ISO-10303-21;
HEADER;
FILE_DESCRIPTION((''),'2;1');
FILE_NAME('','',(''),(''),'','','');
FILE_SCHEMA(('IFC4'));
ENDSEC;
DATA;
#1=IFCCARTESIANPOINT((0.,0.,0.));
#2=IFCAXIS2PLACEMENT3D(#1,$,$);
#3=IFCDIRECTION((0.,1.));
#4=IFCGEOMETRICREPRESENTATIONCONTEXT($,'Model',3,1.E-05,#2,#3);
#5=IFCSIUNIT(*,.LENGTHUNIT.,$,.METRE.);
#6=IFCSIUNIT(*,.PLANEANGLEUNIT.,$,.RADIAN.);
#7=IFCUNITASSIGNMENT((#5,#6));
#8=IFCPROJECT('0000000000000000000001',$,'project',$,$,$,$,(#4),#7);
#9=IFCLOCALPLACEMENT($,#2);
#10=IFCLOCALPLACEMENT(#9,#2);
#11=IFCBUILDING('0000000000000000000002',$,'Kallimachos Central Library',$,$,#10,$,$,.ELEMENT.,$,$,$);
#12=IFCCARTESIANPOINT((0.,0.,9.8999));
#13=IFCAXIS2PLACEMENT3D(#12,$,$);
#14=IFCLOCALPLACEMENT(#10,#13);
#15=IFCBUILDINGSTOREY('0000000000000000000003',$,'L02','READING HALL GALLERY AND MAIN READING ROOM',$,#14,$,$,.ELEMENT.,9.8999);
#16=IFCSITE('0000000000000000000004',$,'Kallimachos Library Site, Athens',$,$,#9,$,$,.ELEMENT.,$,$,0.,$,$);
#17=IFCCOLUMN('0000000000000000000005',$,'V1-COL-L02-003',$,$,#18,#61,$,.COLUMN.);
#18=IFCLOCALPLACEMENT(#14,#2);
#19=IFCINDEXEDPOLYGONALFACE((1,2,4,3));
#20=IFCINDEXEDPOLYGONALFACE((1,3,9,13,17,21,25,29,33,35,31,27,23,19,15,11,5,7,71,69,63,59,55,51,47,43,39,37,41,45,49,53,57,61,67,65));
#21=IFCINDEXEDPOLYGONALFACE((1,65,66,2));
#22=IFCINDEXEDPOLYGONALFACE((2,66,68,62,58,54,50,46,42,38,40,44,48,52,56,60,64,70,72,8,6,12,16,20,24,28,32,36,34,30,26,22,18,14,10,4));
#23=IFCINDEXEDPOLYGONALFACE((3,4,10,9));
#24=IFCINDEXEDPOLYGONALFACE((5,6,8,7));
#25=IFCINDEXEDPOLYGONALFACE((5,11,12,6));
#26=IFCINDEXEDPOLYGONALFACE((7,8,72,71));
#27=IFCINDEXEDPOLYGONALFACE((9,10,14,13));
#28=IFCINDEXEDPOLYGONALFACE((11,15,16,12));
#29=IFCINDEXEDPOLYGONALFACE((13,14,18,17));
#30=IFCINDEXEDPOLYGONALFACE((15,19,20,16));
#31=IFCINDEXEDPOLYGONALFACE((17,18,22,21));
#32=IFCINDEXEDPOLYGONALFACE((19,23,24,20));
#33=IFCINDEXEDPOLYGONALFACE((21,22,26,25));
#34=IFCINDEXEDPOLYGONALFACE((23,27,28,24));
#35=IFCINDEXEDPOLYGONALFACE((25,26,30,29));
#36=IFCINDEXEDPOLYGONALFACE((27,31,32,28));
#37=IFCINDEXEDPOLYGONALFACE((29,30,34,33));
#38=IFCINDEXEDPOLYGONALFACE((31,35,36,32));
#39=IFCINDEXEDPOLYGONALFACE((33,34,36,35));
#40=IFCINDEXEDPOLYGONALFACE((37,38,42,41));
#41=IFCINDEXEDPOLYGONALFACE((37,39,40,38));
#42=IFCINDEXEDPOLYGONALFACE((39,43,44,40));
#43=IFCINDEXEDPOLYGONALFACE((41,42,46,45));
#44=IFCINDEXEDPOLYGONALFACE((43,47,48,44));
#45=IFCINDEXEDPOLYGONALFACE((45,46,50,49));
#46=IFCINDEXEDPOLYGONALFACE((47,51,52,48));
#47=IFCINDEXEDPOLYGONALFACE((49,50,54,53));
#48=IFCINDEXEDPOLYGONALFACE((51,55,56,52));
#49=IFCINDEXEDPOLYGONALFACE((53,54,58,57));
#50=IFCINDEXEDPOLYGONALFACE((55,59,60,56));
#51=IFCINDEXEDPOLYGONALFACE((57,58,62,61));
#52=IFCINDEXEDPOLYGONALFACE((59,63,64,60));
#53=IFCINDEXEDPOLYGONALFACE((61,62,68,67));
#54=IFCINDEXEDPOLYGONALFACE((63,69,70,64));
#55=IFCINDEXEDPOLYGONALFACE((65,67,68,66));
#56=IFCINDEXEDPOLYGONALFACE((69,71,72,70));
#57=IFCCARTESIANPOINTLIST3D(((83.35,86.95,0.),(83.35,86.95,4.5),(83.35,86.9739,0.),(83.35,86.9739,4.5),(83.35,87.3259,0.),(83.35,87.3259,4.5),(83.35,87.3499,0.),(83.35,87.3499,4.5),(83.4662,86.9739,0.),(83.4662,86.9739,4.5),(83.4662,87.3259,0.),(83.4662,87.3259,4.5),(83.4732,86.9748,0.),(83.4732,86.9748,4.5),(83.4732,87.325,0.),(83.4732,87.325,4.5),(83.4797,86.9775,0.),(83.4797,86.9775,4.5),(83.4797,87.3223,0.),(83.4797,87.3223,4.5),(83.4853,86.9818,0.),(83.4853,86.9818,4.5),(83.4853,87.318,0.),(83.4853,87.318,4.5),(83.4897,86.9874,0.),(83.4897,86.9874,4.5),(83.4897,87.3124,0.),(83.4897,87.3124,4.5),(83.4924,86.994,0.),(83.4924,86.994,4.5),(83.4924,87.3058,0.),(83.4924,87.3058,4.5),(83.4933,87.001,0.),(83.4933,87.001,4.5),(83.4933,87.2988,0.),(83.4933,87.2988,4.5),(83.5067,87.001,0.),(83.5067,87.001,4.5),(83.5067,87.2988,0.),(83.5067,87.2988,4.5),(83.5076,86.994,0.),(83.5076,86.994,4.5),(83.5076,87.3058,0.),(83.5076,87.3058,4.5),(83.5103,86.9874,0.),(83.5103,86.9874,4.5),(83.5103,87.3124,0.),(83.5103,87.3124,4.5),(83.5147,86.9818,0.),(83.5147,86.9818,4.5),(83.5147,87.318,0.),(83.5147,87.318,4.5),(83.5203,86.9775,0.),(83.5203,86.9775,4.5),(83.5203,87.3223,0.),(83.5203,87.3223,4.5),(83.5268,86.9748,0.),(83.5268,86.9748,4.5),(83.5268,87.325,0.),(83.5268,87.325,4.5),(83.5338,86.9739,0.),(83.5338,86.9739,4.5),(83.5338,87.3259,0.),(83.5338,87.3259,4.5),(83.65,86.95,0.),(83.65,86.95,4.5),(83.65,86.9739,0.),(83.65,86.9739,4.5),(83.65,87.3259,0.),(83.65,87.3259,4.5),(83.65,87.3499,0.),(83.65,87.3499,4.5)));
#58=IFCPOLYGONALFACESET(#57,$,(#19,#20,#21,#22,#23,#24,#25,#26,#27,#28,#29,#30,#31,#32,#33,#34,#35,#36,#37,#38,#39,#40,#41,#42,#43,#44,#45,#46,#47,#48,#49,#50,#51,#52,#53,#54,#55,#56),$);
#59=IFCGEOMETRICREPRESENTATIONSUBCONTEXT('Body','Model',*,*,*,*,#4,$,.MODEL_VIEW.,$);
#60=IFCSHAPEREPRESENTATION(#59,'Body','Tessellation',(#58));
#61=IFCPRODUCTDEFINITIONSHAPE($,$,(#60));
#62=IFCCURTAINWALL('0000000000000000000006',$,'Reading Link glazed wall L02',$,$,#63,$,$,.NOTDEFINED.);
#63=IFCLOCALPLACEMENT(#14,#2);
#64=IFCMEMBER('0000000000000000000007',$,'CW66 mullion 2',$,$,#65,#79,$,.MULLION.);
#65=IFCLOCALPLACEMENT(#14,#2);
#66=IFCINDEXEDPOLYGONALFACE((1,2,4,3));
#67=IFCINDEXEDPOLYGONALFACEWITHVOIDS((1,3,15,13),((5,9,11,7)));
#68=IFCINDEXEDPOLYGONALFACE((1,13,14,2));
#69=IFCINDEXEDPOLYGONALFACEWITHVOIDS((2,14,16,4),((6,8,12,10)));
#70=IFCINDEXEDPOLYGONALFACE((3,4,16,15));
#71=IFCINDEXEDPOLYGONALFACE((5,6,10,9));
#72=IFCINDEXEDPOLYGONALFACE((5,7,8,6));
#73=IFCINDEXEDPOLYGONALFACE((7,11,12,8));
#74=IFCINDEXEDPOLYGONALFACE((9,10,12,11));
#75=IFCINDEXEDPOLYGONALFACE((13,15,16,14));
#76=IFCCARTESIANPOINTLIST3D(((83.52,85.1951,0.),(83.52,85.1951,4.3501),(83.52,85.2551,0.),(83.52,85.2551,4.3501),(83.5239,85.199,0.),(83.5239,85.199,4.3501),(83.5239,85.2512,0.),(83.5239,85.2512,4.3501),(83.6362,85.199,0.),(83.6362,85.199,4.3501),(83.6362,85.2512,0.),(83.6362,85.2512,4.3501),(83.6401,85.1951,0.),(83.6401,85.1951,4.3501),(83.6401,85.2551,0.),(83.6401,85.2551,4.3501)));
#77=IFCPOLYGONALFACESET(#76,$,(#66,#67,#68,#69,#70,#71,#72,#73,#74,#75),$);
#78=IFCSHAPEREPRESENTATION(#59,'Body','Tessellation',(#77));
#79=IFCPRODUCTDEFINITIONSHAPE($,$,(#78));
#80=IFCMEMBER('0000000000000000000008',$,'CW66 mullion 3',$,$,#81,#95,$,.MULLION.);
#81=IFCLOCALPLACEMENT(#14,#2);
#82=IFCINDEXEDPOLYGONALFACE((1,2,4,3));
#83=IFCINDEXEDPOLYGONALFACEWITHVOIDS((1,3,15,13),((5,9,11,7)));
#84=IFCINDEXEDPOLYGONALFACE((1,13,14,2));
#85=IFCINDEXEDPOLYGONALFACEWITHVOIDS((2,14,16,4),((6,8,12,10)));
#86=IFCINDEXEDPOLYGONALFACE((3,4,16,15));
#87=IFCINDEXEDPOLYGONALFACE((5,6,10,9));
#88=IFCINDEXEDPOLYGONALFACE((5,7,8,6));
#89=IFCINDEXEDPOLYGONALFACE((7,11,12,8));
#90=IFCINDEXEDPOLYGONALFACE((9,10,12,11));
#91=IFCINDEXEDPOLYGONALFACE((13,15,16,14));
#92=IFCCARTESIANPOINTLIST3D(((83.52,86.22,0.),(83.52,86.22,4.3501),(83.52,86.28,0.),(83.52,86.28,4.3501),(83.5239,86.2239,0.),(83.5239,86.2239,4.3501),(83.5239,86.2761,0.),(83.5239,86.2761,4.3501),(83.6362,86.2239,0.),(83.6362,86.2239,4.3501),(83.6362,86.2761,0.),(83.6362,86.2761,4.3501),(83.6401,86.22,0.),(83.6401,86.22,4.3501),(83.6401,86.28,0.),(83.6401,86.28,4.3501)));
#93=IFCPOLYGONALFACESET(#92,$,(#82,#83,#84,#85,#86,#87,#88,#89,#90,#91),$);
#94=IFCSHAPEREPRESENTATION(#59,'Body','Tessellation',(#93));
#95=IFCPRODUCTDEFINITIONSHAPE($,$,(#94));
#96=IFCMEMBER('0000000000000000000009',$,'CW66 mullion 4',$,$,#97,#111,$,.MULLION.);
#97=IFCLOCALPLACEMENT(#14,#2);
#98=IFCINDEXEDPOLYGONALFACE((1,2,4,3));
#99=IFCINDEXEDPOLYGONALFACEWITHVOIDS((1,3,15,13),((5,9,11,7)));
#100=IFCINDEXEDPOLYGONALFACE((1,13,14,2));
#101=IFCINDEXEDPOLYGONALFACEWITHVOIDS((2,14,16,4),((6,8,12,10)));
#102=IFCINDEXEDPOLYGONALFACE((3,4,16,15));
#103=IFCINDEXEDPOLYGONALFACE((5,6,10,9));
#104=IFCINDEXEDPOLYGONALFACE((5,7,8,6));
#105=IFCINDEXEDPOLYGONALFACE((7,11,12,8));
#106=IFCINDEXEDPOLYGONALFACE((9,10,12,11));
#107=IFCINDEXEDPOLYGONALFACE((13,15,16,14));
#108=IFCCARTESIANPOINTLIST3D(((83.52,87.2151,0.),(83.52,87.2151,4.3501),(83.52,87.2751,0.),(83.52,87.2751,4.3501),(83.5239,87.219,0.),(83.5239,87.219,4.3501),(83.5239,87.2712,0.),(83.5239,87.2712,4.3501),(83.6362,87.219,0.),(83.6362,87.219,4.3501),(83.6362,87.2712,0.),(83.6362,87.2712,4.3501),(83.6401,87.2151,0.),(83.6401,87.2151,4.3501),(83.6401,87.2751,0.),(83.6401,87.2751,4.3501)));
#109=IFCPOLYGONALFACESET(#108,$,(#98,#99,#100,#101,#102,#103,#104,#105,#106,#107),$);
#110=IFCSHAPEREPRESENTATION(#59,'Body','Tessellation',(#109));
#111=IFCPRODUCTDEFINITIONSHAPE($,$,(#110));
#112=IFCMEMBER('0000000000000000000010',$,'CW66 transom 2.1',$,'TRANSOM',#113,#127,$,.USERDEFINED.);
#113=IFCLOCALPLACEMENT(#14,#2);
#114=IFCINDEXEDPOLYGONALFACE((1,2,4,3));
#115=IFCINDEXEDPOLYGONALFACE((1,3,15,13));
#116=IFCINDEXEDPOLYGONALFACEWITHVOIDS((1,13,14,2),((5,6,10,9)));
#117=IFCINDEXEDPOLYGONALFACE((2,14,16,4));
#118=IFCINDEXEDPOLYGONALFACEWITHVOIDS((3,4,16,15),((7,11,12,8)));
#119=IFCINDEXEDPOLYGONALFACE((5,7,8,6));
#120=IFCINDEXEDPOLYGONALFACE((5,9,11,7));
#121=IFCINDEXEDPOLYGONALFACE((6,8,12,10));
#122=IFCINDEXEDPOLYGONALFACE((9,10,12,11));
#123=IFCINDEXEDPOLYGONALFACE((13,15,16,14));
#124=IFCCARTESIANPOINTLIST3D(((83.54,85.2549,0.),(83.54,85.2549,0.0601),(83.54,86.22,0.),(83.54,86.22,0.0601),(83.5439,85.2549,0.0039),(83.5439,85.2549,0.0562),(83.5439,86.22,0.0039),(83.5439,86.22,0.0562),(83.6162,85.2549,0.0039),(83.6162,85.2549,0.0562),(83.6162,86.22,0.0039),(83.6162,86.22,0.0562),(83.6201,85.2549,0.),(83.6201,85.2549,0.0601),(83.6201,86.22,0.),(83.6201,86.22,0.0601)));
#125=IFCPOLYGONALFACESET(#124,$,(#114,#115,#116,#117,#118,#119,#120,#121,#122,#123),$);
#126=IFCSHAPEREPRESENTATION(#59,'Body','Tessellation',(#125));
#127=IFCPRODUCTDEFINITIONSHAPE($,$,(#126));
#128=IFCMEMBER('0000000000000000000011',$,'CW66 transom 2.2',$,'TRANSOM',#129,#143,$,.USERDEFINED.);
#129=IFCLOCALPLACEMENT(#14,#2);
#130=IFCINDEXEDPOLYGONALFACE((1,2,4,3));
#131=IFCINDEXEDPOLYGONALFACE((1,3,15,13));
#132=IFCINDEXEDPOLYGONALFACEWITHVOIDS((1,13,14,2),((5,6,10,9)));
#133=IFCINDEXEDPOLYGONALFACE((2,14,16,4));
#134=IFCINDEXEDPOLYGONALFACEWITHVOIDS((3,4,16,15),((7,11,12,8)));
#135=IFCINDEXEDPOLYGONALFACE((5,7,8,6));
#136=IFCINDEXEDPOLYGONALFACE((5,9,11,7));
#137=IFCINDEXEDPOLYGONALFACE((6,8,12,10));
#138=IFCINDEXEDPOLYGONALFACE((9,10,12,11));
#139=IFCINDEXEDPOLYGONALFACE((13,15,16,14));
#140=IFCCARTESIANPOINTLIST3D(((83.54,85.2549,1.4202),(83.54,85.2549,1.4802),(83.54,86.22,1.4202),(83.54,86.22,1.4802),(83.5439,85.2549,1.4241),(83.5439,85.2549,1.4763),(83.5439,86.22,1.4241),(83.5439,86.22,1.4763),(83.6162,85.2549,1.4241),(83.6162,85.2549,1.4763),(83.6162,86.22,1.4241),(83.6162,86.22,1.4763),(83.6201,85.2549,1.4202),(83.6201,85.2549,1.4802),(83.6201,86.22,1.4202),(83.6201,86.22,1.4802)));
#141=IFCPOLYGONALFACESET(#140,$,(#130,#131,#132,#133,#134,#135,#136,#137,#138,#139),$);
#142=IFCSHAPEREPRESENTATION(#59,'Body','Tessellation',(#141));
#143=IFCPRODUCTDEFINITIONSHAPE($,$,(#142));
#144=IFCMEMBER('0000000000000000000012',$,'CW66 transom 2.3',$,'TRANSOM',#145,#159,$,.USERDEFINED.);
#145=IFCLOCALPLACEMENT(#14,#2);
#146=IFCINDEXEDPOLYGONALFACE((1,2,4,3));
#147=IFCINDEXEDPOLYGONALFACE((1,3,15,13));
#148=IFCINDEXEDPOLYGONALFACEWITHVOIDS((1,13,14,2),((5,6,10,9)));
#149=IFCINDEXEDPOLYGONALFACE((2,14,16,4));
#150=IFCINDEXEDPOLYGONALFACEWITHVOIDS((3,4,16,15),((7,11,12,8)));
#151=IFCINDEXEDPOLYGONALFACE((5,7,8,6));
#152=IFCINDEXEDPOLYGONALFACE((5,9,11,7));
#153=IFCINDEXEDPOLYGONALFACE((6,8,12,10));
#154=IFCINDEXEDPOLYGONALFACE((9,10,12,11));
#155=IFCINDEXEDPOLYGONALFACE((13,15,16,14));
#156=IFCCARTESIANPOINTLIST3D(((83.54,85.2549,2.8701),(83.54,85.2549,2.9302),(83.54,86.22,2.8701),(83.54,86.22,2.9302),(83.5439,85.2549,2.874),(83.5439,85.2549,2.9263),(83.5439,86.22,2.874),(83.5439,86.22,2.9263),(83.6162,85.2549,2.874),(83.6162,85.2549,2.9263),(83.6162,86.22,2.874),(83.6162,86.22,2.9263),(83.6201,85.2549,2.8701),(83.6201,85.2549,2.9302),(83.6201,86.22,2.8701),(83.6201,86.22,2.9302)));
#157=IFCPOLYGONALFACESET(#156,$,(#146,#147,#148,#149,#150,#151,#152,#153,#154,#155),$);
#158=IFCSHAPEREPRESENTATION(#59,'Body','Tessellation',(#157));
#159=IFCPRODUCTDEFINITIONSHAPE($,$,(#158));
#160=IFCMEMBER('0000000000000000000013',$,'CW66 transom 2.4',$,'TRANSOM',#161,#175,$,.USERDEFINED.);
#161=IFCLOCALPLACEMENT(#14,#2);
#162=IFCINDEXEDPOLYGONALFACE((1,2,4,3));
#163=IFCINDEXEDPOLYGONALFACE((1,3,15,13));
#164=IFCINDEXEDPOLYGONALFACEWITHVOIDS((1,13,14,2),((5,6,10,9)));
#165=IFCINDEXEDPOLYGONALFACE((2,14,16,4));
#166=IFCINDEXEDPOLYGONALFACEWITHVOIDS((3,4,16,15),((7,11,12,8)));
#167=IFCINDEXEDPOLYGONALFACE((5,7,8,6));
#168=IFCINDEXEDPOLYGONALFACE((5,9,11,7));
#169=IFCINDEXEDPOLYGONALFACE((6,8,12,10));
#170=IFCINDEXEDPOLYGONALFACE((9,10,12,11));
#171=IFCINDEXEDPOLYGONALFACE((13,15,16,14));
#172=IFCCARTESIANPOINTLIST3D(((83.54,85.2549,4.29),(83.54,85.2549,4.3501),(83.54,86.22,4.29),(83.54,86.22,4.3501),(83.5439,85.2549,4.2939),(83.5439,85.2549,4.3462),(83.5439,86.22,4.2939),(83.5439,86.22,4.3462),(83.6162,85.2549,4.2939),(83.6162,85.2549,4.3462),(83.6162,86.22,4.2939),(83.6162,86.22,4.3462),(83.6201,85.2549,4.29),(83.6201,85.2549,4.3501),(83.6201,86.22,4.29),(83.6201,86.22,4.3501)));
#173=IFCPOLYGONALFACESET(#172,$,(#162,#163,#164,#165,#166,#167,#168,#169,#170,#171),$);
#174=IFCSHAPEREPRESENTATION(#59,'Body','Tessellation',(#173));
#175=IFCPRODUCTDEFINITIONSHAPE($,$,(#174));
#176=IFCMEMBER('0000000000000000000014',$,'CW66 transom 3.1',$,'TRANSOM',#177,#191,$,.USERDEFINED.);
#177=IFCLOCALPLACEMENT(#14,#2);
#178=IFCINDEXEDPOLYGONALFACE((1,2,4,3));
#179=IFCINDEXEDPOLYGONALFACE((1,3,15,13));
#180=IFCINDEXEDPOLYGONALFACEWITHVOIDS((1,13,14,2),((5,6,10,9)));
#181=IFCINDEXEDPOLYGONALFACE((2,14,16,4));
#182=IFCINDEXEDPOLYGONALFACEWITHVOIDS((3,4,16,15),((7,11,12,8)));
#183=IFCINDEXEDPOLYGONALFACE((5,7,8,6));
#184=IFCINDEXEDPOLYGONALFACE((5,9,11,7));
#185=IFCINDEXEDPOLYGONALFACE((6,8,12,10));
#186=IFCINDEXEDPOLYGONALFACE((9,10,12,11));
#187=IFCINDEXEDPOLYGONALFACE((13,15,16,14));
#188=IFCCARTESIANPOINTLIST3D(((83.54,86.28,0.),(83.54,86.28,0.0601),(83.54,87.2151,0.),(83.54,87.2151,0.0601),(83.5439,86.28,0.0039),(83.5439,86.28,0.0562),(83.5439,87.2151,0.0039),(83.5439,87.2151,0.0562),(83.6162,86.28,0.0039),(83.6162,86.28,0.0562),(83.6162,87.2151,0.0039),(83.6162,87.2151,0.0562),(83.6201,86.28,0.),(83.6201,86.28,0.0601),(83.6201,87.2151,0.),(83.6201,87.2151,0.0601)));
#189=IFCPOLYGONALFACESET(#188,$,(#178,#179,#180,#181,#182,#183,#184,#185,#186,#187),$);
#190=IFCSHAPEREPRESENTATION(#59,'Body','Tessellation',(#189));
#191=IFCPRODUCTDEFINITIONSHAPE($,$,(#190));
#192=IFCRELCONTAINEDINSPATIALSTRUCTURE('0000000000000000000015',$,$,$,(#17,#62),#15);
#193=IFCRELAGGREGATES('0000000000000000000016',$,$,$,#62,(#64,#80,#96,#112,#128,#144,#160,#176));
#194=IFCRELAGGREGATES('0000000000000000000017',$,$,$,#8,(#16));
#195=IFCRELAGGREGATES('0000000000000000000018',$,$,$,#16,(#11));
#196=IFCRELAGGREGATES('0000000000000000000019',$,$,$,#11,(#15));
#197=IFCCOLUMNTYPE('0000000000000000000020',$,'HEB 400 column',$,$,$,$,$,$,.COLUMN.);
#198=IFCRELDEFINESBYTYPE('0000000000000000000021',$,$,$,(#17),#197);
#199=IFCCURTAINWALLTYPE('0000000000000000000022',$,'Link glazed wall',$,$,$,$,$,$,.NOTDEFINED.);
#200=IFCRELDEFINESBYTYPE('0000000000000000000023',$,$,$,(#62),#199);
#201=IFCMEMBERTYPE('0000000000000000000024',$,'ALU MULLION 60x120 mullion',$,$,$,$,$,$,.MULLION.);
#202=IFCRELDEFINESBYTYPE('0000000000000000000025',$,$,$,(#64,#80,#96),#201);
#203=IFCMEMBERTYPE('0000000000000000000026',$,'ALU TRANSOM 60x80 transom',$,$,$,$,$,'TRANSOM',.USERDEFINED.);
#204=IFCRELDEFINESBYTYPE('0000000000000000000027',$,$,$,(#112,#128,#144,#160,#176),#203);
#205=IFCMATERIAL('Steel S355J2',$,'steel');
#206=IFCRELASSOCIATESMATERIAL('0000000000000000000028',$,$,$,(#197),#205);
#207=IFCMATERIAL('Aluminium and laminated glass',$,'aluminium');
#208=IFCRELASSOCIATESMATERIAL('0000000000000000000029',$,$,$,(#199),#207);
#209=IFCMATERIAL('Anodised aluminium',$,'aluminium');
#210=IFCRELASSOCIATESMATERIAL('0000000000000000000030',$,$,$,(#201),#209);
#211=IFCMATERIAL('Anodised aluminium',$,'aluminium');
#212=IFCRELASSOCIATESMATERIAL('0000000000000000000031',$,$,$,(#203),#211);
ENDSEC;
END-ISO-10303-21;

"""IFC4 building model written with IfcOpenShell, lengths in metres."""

from ifc_helpers import new_model, si_unit, direction, frame, origin, origin_2d, place, context, subcontext, project, spatial, hollow_rectangle, i_section, extrude, material, material_profile, profile_set, type_object, element, aggregate, save


model = new_model("IFC4")

# Units and contexts
model_context = context("Model", 3, precision=1e-05, world=origin(), true_north=direction((0.0, 1.0)))
body_context = subcontext(model_context, "Body", "Model", "MODEL_VIEW")
ifc_project = project(units=[si_unit("LENGTHUNIT", "METRE"), si_unit("PLANEANGLEUNIT", "RADIAN")], contexts=[model_context])

# Site, building, storey
site_placement = place(None, origin())
site = spatial("IfcSite", under=ifc_project, at=site_placement, Name="Kallimachos Library Site, Athens", CompositionType="ELEMENT", RefElevation=0.0)
building_placement = place(site_placement, origin())
building = spatial("IfcBuilding", under=site, at=building_placement, Name="Kallimachos Central Library", CompositionType="ELEMENT")
storey_placement = place(building_placement, frame((0.0, 0.0, 9.8999)))
storey = spatial("IfcBuildingStorey", under=building, at=storey_placement, Name="L02", Description="READING HALL GALLERY AND MAIN READING ROOM", CompositionType="ELEMENT", Elevation=9.8999)

# Column
ifc_material_1 = material(Name="Steel S355J2", Category="steel")
ifc_material_profile_1 = material_profile(ifc_material_1, i_section(OverallWidth=0.3, OverallDepth=0.3999, WebThickness=0.0134, FlangeThickness=0.0239, FilletRadius=0.0271, at=origin_2d()), Name="HEB 400")
ifc_profile_set_1 = profile_set([ifc_material_profile_1], Name="Steel S355J2")
column_type = type_object("IfcColumnType", Name="HEB 400 column", PredefinedType="COLUMN", material=ifc_profile_set_1)
column_placement = place(storey_placement, frame((83.5, 87.1499, 0.0), z_axis=(0.0, 0.0, 1.0), x_axis=(1.0, 0.0, 0.0)))
element("IfcColumn", 1, at=column_placement, inside=storey, type_object=column_type, Name="V1-COL-L02-003", PredefinedType="COLUMN", context=body_context, shape_type="SweptSolid", body=[
    extrude(i_section(OverallWidth=0.3, OverallDepth=0.3999, WebThickness=0.0134, FlangeThickness=0.0239, FilletRadius=0.0271, at=origin_2d()), origin(), (0.0, 0.0, 1.0), 4.5),
])

# Curtain wall, members
ifc_material_2 = material(Name="Aluminium and laminated glass", Category="aluminium")
curtain_wall_type = type_object("IfcCurtainWallType", Name="Link glazed wall", PredefinedType="NOTDEFINED", material=ifc_material_2)
curtain_wall_placement = place(storey_placement, origin())
curtain_wall = element("IfcCurtainWall", 2, at=curtain_wall_placement, inside=storey, type_object=curtain_wall_type, Name="Reading Link glazed wall L02", PredefinedType="NOTDEFINED")
ifc_material_3 = material(Name="Anodised aluminium", Category="aluminium")
ifc_material_profile_2 = material_profile(ifc_material_3, hollow_rectangle(XDim=0.0601, YDim=0.1201, WallThickness=0.0039, at=origin_2d()), Name="ALU MULLION 60x120")
ifc_profile_set_2 = profile_set([ifc_material_profile_2], Name="Anodised aluminium")
member_type_1 = type_object("IfcMemberType", Name="ALU MULLION 60x120 mullion", PredefinedType="MULLION", material=ifc_profile_set_2)
member_1_placement = place(storey_placement, frame((83.5801, 85.2251, 0.0), z_axis=(0.0, 0.0, 1.0), x_axis=(0.0, 1.0, 0.0)))
member_1 = element("IfcMember", 3, at=member_1_placement, type_object=member_type_1, Name="CW66 mullion 2", PredefinedType="MULLION", context=body_context, shape_type="SweptSolid", body=[
    extrude(hollow_rectangle(XDim=0.0601, YDim=0.1201, WallThickness=0.0039, at=origin_2d()), origin(), (0.0, 0.0, 1.0), 4.3501),
])
member_2_placement = place(storey_placement, frame((83.5801, 86.25, 0.0), z_axis=(0.0, 0.0, 1.0), x_axis=(0.0, 1.0, 0.0)))
member_2 = element("IfcMember", 4, at=member_2_placement, type_object=member_type_1, Name="CW66 mullion 3", PredefinedType="MULLION", context=body_context, shape_type="SweptSolid", body=[
    extrude(hollow_rectangle(XDim=0.0601, YDim=0.1201, WallThickness=0.0039, at=origin_2d()), origin(), (0.0, 0.0, 1.0), 4.3501),
])
member_3_placement = place(storey_placement, frame((83.5801, 87.2451, 0.0), z_axis=(0.0, 0.0, 1.0), x_axis=(0.0, 1.0, 0.0)))
member_3 = element("IfcMember", 5, at=member_3_placement, type_object=member_type_1, Name="CW66 mullion 4", PredefinedType="MULLION", context=body_context, shape_type="SweptSolid", body=[
    extrude(hollow_rectangle(XDim=0.0601, YDim=0.1201, WallThickness=0.0039, at=origin_2d()), origin(), (0.0, 0.0, 1.0), 4.3501),
])
ifc_material_4 = material(Name="Anodised aluminium", Category="aluminium")
ifc_material_profile_3 = material_profile(ifc_material_4, hollow_rectangle(XDim=0.0601, YDim=0.0801, WallThickness=0.0039, at=origin_2d()), Name="ALU TRANSOM 60x80")
ifc_profile_set_3 = profile_set([ifc_material_profile_3], Name="Anodised aluminium")
member_type_2 = type_object("IfcMemberType", Name="ALU TRANSOM 60x80 transom", ElementType="TRANSOM", PredefinedType="USERDEFINED", material=ifc_profile_set_3)
member_4_placement = place(storey_placement, frame((83.5801, 85.2549, 0.03), z_axis=(0.0, 1.0, 0.0), x_axis=(0.0, 0.0, 1.0)))
member_4 = element("IfcMember", 6, at=member_4_placement, type_object=member_type_2, Name="CW66 transom 2.1", ObjectType="TRANSOM", PredefinedType="USERDEFINED", context=body_context, shape_type="SweptSolid", body=[
    extrude(hollow_rectangle(XDim=0.0601, YDim=0.0801, WallThickness=0.0039, at=origin_2d()), origin(), (0.0, 0.0, 1.0), 0.9651),
])
member_5_placement = place(storey_placement, frame((83.5801, 85.2549, 1.4502), z_axis=(0.0, 1.0, 0.0), x_axis=(0.0, 0.0, 1.0)))
member_5 = element("IfcMember", 7, at=member_5_placement, type_object=member_type_2, Name="CW66 transom 2.2", ObjectType="TRANSOM", PredefinedType="USERDEFINED", context=body_context, shape_type="SweptSolid", body=[
    extrude(hollow_rectangle(XDim=0.0601, YDim=0.0801, WallThickness=0.0039, at=origin_2d()), origin(), (0.0, 0.0, 1.0), 0.9651),
])
member_6_placement = place(storey_placement, frame((83.5801, 85.2549, 2.9001), z_axis=(0.0, 1.0, 0.0), x_axis=(0.0, 0.0, 1.0)))
member_6 = element("IfcMember", 8, at=member_6_placement, type_object=member_type_2, Name="CW66 transom 2.3", ObjectType="TRANSOM", PredefinedType="USERDEFINED", context=body_context, shape_type="SweptSolid", body=[
    extrude(hollow_rectangle(XDim=0.0601, YDim=0.0801, WallThickness=0.0039, at=origin_2d()), origin(), (0.0, 0.0, 1.0), 0.9651),
])
member_7_placement = place(storey_placement, frame((83.5801, 85.2549, 4.3201), z_axis=(0.0, 1.0, 0.0), x_axis=(0.0, 0.0, 1.0)))
member_7 = element("IfcMember", 9, at=member_7_placement, type_object=member_type_2, Name="CW66 transom 2.4", ObjectType="TRANSOM", PredefinedType="USERDEFINED", context=body_context, shape_type="SweptSolid", body=[
    extrude(hollow_rectangle(XDim=0.0601, YDim=0.0801, WallThickness=0.0039, at=origin_2d()), origin(), (0.0, 0.0, 1.0), 0.9651),
])
member_8_placement = place(storey_placement, frame((83.5801, 86.28, 0.03), z_axis=(0.0, 1.0, 0.0), x_axis=(0.0, 0.0, 1.0)))
member_8 = element("IfcMember", 10, at=member_8_placement, type_object=member_type_2, Name="CW66 transom 3.1", ObjectType="TRANSOM", PredefinedType="USERDEFINED", context=body_context, shape_type="SweptSolid", body=[
    extrude(hollow_rectangle(XDim=0.0601, YDim=0.0801, WallThickness=0.0039, at=origin_2d()), origin(), (0.0, 0.0, 1.0), 0.9351),
])

aggregate(curtain_wall, [member_1, member_2, member_3, member_4, member_5, member_6, member_7, member_8])

save(model, "model.ifc")
